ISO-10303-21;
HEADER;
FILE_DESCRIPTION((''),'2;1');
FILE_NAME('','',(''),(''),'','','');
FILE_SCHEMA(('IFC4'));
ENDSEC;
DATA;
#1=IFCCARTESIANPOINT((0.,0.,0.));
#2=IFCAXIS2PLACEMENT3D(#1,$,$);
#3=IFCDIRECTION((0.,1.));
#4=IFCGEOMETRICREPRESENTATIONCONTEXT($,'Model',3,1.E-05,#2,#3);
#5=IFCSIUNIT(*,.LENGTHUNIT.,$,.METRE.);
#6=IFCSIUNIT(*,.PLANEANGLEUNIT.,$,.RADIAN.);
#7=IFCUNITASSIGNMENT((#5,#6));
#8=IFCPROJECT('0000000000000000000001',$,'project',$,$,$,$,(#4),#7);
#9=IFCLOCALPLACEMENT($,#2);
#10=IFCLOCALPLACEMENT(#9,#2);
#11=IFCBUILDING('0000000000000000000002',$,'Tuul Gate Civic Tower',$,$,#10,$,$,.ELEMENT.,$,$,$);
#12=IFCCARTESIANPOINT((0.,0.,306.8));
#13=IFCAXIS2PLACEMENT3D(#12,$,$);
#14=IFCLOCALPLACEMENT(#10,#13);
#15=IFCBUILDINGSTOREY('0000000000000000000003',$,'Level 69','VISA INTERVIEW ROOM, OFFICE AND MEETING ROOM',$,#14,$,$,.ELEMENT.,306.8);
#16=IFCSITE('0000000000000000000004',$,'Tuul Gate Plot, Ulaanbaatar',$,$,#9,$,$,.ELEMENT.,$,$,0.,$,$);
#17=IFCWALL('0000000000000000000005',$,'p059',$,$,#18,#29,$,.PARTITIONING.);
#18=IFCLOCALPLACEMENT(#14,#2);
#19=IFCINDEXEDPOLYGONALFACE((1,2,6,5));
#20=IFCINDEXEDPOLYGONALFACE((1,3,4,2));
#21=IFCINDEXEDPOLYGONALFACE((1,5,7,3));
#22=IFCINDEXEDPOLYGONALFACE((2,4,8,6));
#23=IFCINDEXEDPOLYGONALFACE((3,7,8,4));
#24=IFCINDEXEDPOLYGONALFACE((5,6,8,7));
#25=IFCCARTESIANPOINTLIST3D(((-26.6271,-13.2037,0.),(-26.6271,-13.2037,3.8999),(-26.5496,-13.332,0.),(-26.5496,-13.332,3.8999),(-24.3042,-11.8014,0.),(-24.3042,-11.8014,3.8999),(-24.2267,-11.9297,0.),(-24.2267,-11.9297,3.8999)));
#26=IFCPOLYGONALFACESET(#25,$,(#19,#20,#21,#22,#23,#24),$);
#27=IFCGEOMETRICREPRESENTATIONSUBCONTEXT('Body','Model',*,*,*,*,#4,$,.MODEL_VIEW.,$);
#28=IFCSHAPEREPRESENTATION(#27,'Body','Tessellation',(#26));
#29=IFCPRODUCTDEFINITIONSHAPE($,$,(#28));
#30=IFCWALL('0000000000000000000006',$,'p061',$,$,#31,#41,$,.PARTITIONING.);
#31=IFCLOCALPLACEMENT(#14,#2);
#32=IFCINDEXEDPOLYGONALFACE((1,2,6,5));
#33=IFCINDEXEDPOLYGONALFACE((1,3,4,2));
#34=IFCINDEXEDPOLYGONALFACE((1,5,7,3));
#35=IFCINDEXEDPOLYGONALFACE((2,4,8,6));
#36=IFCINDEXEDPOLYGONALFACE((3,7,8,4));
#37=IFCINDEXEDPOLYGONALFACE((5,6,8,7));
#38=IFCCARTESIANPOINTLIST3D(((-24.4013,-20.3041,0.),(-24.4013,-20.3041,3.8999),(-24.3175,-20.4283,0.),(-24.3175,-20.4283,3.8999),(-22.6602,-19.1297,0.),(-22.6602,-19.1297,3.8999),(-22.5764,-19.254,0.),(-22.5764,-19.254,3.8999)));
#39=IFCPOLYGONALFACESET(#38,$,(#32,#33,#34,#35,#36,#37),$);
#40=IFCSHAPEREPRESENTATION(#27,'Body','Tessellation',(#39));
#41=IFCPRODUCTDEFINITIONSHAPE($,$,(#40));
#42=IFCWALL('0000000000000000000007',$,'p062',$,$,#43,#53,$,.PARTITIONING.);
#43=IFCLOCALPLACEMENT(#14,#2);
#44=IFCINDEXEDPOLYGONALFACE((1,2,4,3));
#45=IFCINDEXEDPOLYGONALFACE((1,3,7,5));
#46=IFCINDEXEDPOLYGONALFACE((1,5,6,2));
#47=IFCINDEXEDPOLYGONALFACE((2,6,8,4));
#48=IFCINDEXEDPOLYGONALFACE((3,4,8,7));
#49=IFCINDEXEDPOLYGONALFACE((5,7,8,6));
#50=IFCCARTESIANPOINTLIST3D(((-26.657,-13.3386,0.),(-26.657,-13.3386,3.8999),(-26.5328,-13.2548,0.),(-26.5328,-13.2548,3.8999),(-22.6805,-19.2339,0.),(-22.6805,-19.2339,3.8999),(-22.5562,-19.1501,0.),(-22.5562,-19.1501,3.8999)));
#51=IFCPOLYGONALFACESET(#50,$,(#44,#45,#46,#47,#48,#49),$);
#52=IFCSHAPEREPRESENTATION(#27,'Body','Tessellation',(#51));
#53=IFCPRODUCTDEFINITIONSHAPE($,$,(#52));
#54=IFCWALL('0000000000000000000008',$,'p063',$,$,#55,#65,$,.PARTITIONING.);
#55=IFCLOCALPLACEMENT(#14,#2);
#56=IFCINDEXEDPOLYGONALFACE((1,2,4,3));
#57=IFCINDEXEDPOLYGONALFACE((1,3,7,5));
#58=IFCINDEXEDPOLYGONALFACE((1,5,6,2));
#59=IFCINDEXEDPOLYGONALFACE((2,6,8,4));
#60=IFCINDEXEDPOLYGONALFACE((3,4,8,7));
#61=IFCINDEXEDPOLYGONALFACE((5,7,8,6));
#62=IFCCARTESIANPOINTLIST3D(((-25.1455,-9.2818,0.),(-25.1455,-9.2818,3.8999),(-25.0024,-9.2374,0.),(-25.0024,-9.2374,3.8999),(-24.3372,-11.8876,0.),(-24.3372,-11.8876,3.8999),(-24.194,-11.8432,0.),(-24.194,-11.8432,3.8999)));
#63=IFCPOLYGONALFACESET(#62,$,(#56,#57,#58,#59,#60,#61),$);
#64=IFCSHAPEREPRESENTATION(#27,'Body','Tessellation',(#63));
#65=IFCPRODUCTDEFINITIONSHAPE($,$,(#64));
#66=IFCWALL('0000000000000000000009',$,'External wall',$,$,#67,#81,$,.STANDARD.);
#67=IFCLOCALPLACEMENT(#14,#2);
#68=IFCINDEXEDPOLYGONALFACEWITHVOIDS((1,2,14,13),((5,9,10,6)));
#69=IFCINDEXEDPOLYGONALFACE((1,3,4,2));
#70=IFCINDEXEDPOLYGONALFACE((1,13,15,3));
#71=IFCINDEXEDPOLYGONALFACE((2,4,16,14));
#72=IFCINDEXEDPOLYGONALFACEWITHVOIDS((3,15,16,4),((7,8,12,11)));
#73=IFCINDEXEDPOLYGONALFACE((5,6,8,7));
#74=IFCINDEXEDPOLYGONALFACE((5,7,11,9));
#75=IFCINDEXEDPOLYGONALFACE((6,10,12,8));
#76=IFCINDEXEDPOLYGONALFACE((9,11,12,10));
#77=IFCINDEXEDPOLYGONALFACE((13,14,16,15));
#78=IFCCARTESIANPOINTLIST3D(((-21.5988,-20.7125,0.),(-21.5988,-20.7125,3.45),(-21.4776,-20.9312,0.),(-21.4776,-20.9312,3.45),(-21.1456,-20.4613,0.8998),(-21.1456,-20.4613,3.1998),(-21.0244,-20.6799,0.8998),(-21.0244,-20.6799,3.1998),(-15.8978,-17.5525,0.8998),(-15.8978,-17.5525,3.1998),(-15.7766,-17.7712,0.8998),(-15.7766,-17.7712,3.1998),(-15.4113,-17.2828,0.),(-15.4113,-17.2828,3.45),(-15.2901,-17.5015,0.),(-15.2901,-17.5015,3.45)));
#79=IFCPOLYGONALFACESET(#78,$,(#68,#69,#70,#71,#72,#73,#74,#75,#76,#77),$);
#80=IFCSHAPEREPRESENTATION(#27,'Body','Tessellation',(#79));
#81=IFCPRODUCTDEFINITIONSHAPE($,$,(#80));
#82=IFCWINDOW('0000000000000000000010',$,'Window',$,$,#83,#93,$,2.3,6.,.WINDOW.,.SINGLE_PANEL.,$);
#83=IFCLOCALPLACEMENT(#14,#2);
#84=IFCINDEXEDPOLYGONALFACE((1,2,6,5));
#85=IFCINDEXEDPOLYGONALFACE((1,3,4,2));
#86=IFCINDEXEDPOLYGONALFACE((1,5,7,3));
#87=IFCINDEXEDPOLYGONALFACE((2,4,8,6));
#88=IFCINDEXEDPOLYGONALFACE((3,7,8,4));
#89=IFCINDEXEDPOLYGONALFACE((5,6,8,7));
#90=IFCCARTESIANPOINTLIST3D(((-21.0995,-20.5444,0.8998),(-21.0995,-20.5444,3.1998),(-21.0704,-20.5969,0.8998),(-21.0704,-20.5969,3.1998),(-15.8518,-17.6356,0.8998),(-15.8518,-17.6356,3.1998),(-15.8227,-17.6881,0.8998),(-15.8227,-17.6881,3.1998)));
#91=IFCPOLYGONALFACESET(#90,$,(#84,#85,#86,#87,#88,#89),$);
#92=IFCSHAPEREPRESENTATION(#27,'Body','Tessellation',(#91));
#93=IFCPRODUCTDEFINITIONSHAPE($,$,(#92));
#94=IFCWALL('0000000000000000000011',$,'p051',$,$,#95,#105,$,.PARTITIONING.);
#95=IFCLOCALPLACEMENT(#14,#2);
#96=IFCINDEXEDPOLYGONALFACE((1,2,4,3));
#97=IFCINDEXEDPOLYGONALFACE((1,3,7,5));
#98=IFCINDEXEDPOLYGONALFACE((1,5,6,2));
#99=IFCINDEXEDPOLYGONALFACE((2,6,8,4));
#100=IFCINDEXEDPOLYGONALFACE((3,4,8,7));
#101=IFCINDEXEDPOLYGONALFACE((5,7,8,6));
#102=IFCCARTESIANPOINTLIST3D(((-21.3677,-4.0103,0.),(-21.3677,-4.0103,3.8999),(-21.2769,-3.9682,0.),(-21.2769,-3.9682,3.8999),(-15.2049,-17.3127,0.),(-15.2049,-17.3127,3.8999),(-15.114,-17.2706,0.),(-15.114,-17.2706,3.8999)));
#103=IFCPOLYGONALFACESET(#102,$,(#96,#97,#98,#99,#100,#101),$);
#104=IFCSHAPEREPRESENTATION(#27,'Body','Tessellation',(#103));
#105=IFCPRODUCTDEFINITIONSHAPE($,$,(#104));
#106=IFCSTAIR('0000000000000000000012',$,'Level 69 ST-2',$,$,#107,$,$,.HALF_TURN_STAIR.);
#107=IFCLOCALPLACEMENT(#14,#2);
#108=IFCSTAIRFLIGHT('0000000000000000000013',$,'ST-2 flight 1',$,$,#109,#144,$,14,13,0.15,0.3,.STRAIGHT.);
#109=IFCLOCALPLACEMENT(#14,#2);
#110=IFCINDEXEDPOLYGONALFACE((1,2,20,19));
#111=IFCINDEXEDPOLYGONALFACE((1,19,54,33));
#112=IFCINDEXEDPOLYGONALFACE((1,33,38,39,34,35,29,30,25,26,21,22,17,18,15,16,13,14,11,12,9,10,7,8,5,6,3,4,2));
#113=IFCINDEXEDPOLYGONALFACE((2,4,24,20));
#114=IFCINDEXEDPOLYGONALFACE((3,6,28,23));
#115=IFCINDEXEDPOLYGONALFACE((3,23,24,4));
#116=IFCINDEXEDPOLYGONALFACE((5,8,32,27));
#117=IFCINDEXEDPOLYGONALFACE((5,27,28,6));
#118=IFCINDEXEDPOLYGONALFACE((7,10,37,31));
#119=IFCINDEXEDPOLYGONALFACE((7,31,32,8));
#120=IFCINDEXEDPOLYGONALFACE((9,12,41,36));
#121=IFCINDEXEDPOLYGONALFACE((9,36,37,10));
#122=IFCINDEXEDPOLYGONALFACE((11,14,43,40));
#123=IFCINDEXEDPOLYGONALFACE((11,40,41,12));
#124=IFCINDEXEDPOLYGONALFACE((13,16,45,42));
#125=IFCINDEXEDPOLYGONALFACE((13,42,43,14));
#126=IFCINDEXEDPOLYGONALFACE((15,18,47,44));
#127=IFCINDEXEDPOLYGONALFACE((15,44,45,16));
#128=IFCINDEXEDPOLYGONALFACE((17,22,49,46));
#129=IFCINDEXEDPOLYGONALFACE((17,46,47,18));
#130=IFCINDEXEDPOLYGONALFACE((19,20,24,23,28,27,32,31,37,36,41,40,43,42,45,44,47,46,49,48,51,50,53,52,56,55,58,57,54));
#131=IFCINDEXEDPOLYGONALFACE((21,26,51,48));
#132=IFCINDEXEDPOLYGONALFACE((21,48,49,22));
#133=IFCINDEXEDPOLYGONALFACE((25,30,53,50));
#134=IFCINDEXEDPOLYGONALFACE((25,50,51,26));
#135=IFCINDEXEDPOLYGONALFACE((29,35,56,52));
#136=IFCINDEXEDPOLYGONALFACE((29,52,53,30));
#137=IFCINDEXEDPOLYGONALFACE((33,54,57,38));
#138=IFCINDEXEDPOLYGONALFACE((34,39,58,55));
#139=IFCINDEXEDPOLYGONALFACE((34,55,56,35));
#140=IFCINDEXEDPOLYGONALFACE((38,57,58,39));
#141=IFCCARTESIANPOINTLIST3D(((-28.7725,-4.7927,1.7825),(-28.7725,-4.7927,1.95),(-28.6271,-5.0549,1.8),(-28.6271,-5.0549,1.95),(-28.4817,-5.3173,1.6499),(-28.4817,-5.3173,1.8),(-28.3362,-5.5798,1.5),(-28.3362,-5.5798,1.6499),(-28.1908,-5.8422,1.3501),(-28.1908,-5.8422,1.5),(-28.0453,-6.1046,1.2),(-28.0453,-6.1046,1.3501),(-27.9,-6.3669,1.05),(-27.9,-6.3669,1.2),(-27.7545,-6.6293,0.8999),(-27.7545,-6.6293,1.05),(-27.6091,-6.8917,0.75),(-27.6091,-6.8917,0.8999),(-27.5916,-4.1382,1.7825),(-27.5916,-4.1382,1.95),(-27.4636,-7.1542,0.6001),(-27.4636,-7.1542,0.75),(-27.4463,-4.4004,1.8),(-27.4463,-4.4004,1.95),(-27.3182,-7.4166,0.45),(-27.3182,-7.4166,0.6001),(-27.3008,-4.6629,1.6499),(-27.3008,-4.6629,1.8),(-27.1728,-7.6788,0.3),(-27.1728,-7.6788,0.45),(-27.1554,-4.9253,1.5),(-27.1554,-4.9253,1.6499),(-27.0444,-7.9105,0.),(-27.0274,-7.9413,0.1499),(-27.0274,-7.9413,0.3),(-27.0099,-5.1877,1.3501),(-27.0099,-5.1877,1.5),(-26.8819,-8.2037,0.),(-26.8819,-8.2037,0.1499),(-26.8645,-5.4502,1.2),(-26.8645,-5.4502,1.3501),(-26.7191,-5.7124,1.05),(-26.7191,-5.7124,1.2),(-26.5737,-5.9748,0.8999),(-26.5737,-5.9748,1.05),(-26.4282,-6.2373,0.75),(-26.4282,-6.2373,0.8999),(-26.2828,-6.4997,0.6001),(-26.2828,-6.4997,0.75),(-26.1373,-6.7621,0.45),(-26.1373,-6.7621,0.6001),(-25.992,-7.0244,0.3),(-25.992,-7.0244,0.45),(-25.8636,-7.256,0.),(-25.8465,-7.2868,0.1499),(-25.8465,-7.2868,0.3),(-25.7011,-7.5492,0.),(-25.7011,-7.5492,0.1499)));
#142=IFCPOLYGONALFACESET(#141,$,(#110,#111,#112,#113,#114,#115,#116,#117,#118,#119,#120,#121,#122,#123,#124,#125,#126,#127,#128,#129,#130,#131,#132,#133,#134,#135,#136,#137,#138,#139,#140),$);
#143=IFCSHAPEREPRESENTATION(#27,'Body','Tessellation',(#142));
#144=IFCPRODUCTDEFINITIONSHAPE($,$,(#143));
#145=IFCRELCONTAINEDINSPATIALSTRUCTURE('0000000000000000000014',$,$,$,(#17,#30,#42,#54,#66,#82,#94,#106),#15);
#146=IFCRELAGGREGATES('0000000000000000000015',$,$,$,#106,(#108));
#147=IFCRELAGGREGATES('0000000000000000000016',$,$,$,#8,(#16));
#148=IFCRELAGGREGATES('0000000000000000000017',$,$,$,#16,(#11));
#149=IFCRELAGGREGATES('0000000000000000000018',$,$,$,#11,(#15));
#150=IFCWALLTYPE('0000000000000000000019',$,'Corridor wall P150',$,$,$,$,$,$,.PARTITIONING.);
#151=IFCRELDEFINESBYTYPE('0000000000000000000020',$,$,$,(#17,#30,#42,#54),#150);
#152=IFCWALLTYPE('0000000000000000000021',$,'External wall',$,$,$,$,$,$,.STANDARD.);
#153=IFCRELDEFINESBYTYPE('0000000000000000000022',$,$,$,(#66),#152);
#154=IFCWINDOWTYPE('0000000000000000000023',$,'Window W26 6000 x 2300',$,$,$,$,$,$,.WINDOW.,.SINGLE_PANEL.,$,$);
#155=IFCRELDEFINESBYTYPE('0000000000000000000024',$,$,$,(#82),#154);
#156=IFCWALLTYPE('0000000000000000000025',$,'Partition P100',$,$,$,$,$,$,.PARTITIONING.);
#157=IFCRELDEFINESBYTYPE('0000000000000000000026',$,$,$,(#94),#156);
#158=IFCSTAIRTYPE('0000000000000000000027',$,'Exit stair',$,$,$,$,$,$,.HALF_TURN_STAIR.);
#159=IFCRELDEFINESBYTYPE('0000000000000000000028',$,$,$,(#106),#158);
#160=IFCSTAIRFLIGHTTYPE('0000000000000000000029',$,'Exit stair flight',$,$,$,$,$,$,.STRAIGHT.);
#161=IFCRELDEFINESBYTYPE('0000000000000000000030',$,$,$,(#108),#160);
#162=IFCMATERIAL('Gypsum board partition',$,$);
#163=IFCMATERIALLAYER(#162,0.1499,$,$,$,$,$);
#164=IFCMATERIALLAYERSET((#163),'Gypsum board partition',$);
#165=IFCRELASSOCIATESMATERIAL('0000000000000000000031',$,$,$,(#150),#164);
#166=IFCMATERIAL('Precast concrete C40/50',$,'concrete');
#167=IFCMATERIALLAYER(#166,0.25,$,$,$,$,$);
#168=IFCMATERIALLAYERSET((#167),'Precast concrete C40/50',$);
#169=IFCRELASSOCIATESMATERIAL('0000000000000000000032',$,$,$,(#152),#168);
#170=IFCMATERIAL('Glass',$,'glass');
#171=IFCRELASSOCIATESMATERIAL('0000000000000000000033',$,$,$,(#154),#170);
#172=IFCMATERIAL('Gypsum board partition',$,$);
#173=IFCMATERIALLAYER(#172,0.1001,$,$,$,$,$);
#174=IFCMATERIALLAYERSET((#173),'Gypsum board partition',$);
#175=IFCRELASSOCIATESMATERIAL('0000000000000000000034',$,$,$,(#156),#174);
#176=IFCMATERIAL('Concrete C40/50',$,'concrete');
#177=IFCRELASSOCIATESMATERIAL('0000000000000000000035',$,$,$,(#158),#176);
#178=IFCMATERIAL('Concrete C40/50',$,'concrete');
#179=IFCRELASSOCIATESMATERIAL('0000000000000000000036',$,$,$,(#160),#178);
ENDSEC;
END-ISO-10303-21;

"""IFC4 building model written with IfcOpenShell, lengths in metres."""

from ifc_helpers import new_model, si_unit, direction, frame, frame_2d, origin, place, context, subcontext, project, spatial, polyline, rectangle, outline, extrude, material, layer, layer_set, type_object, element, fill, aggregate, save


model = new_model("IFC4")

# Units and contexts
model_context = context("Model", 3, precision=1e-05, world=origin(), true_north=direction((0.0, 1.0)))
body_context = subcontext(model_context, "Body", "Model", "MODEL_VIEW")
ifc_project = project(units=[si_unit("LENGTHUNIT", "METRE"), si_unit("PLANEANGLEUNIT", "RADIAN")], contexts=[model_context])

# Site, building, storey
site_placement = place(None, origin())
site = spatial("IfcSite", under=ifc_project, at=site_placement, Name="Tuul Gate Plot, Ulaanbaatar", CompositionType="ELEMENT", RefElevation=0.0)
building_placement = place(site_placement, origin())
building = spatial("IfcBuilding", under=site, at=building_placement, Name="Tuul Gate Civic Tower", CompositionType="ELEMENT")
storey_placement = place(building_placement, frame((0.0, 0.0, 306.8)))
storey = spatial("IfcBuildingStorey", under=building, at=storey_placement, Name="Level 69", Description="VISA INTERVIEW ROOM, OFFICE AND MEETING ROOM", CompositionType="ELEMENT", Elevation=306.8)

# Walls
ifc_material_1 = material(Name="Gypsum board partition")
ifc_layer_1 = layer(ifc_material_1, 0.1499)
ifc_layer_set_1 = layer_set([ifc_layer_1], Name="Gypsum board partition")
wall_type_1 = type_object("IfcWallType", Name="Corridor wall P150", PredefinedType="PARTITIONING", material=ifc_layer_set_1)
wall_1_placement = place(storey_placement, frame((-26.5884, -13.2678, 0.0), z_axis=(0.0, 0.0, 1.0), x_axis=(0.8561, 0.516809, 0.0)))
element("IfcWall", 1, at=wall_1_placement, inside=storey, type_object=wall_type_1, Name="p059", PredefinedType="PARTITIONING", context=body_context, shape_type="SweptSolid", body=[
    extrude(rectangle(XDim=2.7134, YDim=0.1499, at=frame_2d((1.3567, 0.0))), origin(), (0.0, 0.0, 1.0), 3.8999),
])
wall_2_placement = place(storey_placement, frame((-24.3594, -20.3662, 0.0), z_axis=(0.0, 0.0, 1.0), x_axis=(0.829033, 0.559199, 0.0)))
element("IfcWall", 2, at=wall_2_placement, inside=storey, type_object=wall_type_1, Name="p061", PredefinedType="PARTITIONING", context=body_context, shape_type="SweptSolid", body=[
    extrude(rectangle(XDim=2.1001, YDim=0.1499, at=frame_2d((1.05, 0.0))), origin(), (0.0, 0.0, 1.0), 3.8999),
])
wall_3_placement = place(storey_placement, frame((-26.595, -13.2966, 0.0), z_axis=(0.0, 0.0, 1.0), x_axis=(0.559208, -0.829027, 0.0)))
element("IfcWall", 3, at=wall_3_placement, inside=storey, type_object=wall_type_1, Name="p062", PredefinedType="PARTITIONING", context=body_context, shape_type="SweptSolid", body=[
    extrude(rectangle(XDim=7.1111, YDim=0.1499, at=frame_2d((3.5557, 0.0))), origin(), (0.0, 0.0, 1.0), 3.8999),
])
wall_4_placement = place(storey_placement, frame((-25.074, -9.2595, 0.0), z_axis=(0.0, 0.0, 1.0), x_axis=(0.296292, -0.955097, 0.0)))
element("IfcWall", 4, at=wall_4_placement, inside=storey, type_object=wall_type_1, Name="p063", PredefinedType="PARTITIONING", context=body_context, shape_type="SweptSolid", body=[
    extrude(rectangle(XDim=2.7283, YDim=0.1499, at=frame_2d((1.3643, 0.0))), origin(), (0.0, 0.0, 1.0), 3.8999),
])

# Wall, opening, window
ifc_material_2 = material(Name="Precast concrete C40/50", Category="concrete")
ifc_layer_2 = layer(ifc_material_2, 0.25)
ifc_layer_set_2 = layer_set([ifc_layer_2], Name="Precast concrete C40/50")
wall_type_2 = type_object("IfcWallType", Name="External wall", PredefinedType="STANDARD", material=ifc_layer_set_2)
wall_5_placement = place(storey_placement, frame((-21.5381, -20.8218, 0.0), z_axis=(0.0, 0.0, 1.0), x_axis=(0.874626, 0.484799, 0.0)))
wall_5 = element("IfcWall", 5, at=wall_5_placement, inside=storey, type_object=wall_type_2, Name="External wall", PredefinedType="STANDARD", context=body_context, shape_type="SweptSolid", body=[
    extrude(rectangle(XDim=7.0745, YDim=0.25, at=frame_2d((3.5371, 0.0))), origin(), (0.0, 0.0, 1.0), 3.45),
])
opening_placement = place(wall_5_placement, frame((0.5181, 0.0, 0.8999)))
opening = element("IfcOpeningElement", 6, at=opening_placement, cuts=wall_5, PredefinedType="OPENING", context=body_context, shape_type="SweptSolid", body=[
    extrude(rectangle(XDim=6.0, YDim=2.3, at=frame_2d((3.0, 1.1499))), frame((0.0, 0.135, 0.0), z_axis=(0.0, -1.0, 0.0), x_axis=(1.0, 0.0, 0.0)), (0.0, 0.0, 1.0), 0.27),
])
ifc_material_3 = material(Name="Glass", Category="glass")
window_type = type_object("IfcWindowType", Name="Window W26 6000 x 2300", PartitioningType="SINGLE_PANEL", PredefinedType="WINDOW", material=ifc_material_3)
window_placement = place(opening_placement, origin())
window = element("IfcWindow", 7, at=window_placement, inside=storey, type_object=window_type, Name="Window", OverallHeight=2.3, OverallWidth=6.0, PartitioningType="SINGLE_PANEL", PredefinedType="WINDOW", context=body_context, shape_type="SweptSolid", body=[
    extrude(rectangle(XDim=6.0, YDim=2.3, at=frame_2d((3.0, 1.1499))), frame((0.0, 0.03, 0.0), z_axis=(0.0, -1.0, 0.0), x_axis=(1.0, 0.0, 0.0)), (0.0, 0.0, 1.0), 0.0601),
])
fill(opening, window)

# Wall
ifc_material_4 = material(Name="Gypsum board partition")
ifc_layer_3 = layer(ifc_material_4, 0.1001)
ifc_layer_set_3 = layer_set([ifc_layer_3], Name="Gypsum board partition")
wall_type_3 = type_object("IfcWallType", Name="Partition P100", PredefinedType="PARTITIONING", material=ifc_layer_set_3)
wall_6_placement = place(storey_placement, frame((-21.3223, -3.9893, 0.0), z_axis=(0.0, 0.0, 1.0), x_axis=(0.420364, -0.907356, 0.0)))
element("IfcWall", 8, at=wall_6_placement, inside=storey, type_object=wall_type_3, Name="p051", PredefinedType="PARTITIONING", context=body_context, shape_type="SweptSolid", body=[
    extrude(rectangle(XDim=14.6606, YDim=0.1001, at=frame_2d((7.3303, 0.0))), origin(), (0.0, 0.0, 1.0), 3.8999),
])

# Stair, stair flight
ifc_material_5 = material(Name="Concrete C40/50", Category="concrete")
stair_type = type_object("IfcStairType", Name="Exit stair", PredefinedType="HALF_TURN_STAIR", material=ifc_material_5)
stair_placement = place(storey_placement, origin())
stair = element("IfcStair", 9, at=stair_placement, inside=storey, type_object=stair_type, Name="Level 69 ST-2", PredefinedType="HALF_TURN_STAIR")
ifc_material_6 = material(Name="Concrete C40/50", Category="concrete")
stair_flight_type = type_object("IfcStairFlightType", Name="Exit stair flight", PredefinedType="STRAIGHT", material=ifc_material_6)
stair_flight_placement = place(storey_placement, frame((-26.2915, -7.8765, 0.0), z_axis=(0.0, 0.0, 1.0), x_axis=(-0.484762, 0.874646, 0.0)))
stair_flight = element("IfcStairFlight", 10, at=stair_flight_placement, type_object=stair_flight_type, Name="ST-2 flight 1", NumberOfRisers=14, NumberOfTreads=13, PredefinedType="STRAIGHT", RiserHeight=0.15, TreadLength=0.3, context=body_context, shape_type="SweptSolid", body=[
    extrude(outline(polyline([(0.0, 0.0), (0.0, 0.1499), (0.3, 0.1499), (0.3, 0.3), (0.6001, 0.3), (0.6001, 0.45), (0.8999, 0.45), (0.8999, 0.6001), (1.2, 0.6001), (1.2, 0.75), (1.5, 0.75), (1.5, 0.8999), (1.8, 0.8999), (1.8, 1.05), (2.1001, 1.05), (2.1001, 1.2), (2.3999, 1.2), (2.3999, 1.3501), (2.7, 1.3501), (2.7, 1.5), (3.0, 1.5), (3.0, 1.6499), (3.3, 1.6499), (3.3, 1.8), (3.6001, 1.8), (3.6001, 1.95), (3.8999, 1.95), (3.8999, 2.1001), (3.8999, 1.7825), (0.3352, 0.0), (0.0, 0.0)])), frame((0.0, 0.675, 0.0), z_axis=(0.0, -1.0, 0.0), x_axis=(1.0, 0.0, 0.0)), (0.0, 0.0, 1.0), 1.3501),
])
aggregate(stair, [stair_flight])

save(model, "model.ifc")
